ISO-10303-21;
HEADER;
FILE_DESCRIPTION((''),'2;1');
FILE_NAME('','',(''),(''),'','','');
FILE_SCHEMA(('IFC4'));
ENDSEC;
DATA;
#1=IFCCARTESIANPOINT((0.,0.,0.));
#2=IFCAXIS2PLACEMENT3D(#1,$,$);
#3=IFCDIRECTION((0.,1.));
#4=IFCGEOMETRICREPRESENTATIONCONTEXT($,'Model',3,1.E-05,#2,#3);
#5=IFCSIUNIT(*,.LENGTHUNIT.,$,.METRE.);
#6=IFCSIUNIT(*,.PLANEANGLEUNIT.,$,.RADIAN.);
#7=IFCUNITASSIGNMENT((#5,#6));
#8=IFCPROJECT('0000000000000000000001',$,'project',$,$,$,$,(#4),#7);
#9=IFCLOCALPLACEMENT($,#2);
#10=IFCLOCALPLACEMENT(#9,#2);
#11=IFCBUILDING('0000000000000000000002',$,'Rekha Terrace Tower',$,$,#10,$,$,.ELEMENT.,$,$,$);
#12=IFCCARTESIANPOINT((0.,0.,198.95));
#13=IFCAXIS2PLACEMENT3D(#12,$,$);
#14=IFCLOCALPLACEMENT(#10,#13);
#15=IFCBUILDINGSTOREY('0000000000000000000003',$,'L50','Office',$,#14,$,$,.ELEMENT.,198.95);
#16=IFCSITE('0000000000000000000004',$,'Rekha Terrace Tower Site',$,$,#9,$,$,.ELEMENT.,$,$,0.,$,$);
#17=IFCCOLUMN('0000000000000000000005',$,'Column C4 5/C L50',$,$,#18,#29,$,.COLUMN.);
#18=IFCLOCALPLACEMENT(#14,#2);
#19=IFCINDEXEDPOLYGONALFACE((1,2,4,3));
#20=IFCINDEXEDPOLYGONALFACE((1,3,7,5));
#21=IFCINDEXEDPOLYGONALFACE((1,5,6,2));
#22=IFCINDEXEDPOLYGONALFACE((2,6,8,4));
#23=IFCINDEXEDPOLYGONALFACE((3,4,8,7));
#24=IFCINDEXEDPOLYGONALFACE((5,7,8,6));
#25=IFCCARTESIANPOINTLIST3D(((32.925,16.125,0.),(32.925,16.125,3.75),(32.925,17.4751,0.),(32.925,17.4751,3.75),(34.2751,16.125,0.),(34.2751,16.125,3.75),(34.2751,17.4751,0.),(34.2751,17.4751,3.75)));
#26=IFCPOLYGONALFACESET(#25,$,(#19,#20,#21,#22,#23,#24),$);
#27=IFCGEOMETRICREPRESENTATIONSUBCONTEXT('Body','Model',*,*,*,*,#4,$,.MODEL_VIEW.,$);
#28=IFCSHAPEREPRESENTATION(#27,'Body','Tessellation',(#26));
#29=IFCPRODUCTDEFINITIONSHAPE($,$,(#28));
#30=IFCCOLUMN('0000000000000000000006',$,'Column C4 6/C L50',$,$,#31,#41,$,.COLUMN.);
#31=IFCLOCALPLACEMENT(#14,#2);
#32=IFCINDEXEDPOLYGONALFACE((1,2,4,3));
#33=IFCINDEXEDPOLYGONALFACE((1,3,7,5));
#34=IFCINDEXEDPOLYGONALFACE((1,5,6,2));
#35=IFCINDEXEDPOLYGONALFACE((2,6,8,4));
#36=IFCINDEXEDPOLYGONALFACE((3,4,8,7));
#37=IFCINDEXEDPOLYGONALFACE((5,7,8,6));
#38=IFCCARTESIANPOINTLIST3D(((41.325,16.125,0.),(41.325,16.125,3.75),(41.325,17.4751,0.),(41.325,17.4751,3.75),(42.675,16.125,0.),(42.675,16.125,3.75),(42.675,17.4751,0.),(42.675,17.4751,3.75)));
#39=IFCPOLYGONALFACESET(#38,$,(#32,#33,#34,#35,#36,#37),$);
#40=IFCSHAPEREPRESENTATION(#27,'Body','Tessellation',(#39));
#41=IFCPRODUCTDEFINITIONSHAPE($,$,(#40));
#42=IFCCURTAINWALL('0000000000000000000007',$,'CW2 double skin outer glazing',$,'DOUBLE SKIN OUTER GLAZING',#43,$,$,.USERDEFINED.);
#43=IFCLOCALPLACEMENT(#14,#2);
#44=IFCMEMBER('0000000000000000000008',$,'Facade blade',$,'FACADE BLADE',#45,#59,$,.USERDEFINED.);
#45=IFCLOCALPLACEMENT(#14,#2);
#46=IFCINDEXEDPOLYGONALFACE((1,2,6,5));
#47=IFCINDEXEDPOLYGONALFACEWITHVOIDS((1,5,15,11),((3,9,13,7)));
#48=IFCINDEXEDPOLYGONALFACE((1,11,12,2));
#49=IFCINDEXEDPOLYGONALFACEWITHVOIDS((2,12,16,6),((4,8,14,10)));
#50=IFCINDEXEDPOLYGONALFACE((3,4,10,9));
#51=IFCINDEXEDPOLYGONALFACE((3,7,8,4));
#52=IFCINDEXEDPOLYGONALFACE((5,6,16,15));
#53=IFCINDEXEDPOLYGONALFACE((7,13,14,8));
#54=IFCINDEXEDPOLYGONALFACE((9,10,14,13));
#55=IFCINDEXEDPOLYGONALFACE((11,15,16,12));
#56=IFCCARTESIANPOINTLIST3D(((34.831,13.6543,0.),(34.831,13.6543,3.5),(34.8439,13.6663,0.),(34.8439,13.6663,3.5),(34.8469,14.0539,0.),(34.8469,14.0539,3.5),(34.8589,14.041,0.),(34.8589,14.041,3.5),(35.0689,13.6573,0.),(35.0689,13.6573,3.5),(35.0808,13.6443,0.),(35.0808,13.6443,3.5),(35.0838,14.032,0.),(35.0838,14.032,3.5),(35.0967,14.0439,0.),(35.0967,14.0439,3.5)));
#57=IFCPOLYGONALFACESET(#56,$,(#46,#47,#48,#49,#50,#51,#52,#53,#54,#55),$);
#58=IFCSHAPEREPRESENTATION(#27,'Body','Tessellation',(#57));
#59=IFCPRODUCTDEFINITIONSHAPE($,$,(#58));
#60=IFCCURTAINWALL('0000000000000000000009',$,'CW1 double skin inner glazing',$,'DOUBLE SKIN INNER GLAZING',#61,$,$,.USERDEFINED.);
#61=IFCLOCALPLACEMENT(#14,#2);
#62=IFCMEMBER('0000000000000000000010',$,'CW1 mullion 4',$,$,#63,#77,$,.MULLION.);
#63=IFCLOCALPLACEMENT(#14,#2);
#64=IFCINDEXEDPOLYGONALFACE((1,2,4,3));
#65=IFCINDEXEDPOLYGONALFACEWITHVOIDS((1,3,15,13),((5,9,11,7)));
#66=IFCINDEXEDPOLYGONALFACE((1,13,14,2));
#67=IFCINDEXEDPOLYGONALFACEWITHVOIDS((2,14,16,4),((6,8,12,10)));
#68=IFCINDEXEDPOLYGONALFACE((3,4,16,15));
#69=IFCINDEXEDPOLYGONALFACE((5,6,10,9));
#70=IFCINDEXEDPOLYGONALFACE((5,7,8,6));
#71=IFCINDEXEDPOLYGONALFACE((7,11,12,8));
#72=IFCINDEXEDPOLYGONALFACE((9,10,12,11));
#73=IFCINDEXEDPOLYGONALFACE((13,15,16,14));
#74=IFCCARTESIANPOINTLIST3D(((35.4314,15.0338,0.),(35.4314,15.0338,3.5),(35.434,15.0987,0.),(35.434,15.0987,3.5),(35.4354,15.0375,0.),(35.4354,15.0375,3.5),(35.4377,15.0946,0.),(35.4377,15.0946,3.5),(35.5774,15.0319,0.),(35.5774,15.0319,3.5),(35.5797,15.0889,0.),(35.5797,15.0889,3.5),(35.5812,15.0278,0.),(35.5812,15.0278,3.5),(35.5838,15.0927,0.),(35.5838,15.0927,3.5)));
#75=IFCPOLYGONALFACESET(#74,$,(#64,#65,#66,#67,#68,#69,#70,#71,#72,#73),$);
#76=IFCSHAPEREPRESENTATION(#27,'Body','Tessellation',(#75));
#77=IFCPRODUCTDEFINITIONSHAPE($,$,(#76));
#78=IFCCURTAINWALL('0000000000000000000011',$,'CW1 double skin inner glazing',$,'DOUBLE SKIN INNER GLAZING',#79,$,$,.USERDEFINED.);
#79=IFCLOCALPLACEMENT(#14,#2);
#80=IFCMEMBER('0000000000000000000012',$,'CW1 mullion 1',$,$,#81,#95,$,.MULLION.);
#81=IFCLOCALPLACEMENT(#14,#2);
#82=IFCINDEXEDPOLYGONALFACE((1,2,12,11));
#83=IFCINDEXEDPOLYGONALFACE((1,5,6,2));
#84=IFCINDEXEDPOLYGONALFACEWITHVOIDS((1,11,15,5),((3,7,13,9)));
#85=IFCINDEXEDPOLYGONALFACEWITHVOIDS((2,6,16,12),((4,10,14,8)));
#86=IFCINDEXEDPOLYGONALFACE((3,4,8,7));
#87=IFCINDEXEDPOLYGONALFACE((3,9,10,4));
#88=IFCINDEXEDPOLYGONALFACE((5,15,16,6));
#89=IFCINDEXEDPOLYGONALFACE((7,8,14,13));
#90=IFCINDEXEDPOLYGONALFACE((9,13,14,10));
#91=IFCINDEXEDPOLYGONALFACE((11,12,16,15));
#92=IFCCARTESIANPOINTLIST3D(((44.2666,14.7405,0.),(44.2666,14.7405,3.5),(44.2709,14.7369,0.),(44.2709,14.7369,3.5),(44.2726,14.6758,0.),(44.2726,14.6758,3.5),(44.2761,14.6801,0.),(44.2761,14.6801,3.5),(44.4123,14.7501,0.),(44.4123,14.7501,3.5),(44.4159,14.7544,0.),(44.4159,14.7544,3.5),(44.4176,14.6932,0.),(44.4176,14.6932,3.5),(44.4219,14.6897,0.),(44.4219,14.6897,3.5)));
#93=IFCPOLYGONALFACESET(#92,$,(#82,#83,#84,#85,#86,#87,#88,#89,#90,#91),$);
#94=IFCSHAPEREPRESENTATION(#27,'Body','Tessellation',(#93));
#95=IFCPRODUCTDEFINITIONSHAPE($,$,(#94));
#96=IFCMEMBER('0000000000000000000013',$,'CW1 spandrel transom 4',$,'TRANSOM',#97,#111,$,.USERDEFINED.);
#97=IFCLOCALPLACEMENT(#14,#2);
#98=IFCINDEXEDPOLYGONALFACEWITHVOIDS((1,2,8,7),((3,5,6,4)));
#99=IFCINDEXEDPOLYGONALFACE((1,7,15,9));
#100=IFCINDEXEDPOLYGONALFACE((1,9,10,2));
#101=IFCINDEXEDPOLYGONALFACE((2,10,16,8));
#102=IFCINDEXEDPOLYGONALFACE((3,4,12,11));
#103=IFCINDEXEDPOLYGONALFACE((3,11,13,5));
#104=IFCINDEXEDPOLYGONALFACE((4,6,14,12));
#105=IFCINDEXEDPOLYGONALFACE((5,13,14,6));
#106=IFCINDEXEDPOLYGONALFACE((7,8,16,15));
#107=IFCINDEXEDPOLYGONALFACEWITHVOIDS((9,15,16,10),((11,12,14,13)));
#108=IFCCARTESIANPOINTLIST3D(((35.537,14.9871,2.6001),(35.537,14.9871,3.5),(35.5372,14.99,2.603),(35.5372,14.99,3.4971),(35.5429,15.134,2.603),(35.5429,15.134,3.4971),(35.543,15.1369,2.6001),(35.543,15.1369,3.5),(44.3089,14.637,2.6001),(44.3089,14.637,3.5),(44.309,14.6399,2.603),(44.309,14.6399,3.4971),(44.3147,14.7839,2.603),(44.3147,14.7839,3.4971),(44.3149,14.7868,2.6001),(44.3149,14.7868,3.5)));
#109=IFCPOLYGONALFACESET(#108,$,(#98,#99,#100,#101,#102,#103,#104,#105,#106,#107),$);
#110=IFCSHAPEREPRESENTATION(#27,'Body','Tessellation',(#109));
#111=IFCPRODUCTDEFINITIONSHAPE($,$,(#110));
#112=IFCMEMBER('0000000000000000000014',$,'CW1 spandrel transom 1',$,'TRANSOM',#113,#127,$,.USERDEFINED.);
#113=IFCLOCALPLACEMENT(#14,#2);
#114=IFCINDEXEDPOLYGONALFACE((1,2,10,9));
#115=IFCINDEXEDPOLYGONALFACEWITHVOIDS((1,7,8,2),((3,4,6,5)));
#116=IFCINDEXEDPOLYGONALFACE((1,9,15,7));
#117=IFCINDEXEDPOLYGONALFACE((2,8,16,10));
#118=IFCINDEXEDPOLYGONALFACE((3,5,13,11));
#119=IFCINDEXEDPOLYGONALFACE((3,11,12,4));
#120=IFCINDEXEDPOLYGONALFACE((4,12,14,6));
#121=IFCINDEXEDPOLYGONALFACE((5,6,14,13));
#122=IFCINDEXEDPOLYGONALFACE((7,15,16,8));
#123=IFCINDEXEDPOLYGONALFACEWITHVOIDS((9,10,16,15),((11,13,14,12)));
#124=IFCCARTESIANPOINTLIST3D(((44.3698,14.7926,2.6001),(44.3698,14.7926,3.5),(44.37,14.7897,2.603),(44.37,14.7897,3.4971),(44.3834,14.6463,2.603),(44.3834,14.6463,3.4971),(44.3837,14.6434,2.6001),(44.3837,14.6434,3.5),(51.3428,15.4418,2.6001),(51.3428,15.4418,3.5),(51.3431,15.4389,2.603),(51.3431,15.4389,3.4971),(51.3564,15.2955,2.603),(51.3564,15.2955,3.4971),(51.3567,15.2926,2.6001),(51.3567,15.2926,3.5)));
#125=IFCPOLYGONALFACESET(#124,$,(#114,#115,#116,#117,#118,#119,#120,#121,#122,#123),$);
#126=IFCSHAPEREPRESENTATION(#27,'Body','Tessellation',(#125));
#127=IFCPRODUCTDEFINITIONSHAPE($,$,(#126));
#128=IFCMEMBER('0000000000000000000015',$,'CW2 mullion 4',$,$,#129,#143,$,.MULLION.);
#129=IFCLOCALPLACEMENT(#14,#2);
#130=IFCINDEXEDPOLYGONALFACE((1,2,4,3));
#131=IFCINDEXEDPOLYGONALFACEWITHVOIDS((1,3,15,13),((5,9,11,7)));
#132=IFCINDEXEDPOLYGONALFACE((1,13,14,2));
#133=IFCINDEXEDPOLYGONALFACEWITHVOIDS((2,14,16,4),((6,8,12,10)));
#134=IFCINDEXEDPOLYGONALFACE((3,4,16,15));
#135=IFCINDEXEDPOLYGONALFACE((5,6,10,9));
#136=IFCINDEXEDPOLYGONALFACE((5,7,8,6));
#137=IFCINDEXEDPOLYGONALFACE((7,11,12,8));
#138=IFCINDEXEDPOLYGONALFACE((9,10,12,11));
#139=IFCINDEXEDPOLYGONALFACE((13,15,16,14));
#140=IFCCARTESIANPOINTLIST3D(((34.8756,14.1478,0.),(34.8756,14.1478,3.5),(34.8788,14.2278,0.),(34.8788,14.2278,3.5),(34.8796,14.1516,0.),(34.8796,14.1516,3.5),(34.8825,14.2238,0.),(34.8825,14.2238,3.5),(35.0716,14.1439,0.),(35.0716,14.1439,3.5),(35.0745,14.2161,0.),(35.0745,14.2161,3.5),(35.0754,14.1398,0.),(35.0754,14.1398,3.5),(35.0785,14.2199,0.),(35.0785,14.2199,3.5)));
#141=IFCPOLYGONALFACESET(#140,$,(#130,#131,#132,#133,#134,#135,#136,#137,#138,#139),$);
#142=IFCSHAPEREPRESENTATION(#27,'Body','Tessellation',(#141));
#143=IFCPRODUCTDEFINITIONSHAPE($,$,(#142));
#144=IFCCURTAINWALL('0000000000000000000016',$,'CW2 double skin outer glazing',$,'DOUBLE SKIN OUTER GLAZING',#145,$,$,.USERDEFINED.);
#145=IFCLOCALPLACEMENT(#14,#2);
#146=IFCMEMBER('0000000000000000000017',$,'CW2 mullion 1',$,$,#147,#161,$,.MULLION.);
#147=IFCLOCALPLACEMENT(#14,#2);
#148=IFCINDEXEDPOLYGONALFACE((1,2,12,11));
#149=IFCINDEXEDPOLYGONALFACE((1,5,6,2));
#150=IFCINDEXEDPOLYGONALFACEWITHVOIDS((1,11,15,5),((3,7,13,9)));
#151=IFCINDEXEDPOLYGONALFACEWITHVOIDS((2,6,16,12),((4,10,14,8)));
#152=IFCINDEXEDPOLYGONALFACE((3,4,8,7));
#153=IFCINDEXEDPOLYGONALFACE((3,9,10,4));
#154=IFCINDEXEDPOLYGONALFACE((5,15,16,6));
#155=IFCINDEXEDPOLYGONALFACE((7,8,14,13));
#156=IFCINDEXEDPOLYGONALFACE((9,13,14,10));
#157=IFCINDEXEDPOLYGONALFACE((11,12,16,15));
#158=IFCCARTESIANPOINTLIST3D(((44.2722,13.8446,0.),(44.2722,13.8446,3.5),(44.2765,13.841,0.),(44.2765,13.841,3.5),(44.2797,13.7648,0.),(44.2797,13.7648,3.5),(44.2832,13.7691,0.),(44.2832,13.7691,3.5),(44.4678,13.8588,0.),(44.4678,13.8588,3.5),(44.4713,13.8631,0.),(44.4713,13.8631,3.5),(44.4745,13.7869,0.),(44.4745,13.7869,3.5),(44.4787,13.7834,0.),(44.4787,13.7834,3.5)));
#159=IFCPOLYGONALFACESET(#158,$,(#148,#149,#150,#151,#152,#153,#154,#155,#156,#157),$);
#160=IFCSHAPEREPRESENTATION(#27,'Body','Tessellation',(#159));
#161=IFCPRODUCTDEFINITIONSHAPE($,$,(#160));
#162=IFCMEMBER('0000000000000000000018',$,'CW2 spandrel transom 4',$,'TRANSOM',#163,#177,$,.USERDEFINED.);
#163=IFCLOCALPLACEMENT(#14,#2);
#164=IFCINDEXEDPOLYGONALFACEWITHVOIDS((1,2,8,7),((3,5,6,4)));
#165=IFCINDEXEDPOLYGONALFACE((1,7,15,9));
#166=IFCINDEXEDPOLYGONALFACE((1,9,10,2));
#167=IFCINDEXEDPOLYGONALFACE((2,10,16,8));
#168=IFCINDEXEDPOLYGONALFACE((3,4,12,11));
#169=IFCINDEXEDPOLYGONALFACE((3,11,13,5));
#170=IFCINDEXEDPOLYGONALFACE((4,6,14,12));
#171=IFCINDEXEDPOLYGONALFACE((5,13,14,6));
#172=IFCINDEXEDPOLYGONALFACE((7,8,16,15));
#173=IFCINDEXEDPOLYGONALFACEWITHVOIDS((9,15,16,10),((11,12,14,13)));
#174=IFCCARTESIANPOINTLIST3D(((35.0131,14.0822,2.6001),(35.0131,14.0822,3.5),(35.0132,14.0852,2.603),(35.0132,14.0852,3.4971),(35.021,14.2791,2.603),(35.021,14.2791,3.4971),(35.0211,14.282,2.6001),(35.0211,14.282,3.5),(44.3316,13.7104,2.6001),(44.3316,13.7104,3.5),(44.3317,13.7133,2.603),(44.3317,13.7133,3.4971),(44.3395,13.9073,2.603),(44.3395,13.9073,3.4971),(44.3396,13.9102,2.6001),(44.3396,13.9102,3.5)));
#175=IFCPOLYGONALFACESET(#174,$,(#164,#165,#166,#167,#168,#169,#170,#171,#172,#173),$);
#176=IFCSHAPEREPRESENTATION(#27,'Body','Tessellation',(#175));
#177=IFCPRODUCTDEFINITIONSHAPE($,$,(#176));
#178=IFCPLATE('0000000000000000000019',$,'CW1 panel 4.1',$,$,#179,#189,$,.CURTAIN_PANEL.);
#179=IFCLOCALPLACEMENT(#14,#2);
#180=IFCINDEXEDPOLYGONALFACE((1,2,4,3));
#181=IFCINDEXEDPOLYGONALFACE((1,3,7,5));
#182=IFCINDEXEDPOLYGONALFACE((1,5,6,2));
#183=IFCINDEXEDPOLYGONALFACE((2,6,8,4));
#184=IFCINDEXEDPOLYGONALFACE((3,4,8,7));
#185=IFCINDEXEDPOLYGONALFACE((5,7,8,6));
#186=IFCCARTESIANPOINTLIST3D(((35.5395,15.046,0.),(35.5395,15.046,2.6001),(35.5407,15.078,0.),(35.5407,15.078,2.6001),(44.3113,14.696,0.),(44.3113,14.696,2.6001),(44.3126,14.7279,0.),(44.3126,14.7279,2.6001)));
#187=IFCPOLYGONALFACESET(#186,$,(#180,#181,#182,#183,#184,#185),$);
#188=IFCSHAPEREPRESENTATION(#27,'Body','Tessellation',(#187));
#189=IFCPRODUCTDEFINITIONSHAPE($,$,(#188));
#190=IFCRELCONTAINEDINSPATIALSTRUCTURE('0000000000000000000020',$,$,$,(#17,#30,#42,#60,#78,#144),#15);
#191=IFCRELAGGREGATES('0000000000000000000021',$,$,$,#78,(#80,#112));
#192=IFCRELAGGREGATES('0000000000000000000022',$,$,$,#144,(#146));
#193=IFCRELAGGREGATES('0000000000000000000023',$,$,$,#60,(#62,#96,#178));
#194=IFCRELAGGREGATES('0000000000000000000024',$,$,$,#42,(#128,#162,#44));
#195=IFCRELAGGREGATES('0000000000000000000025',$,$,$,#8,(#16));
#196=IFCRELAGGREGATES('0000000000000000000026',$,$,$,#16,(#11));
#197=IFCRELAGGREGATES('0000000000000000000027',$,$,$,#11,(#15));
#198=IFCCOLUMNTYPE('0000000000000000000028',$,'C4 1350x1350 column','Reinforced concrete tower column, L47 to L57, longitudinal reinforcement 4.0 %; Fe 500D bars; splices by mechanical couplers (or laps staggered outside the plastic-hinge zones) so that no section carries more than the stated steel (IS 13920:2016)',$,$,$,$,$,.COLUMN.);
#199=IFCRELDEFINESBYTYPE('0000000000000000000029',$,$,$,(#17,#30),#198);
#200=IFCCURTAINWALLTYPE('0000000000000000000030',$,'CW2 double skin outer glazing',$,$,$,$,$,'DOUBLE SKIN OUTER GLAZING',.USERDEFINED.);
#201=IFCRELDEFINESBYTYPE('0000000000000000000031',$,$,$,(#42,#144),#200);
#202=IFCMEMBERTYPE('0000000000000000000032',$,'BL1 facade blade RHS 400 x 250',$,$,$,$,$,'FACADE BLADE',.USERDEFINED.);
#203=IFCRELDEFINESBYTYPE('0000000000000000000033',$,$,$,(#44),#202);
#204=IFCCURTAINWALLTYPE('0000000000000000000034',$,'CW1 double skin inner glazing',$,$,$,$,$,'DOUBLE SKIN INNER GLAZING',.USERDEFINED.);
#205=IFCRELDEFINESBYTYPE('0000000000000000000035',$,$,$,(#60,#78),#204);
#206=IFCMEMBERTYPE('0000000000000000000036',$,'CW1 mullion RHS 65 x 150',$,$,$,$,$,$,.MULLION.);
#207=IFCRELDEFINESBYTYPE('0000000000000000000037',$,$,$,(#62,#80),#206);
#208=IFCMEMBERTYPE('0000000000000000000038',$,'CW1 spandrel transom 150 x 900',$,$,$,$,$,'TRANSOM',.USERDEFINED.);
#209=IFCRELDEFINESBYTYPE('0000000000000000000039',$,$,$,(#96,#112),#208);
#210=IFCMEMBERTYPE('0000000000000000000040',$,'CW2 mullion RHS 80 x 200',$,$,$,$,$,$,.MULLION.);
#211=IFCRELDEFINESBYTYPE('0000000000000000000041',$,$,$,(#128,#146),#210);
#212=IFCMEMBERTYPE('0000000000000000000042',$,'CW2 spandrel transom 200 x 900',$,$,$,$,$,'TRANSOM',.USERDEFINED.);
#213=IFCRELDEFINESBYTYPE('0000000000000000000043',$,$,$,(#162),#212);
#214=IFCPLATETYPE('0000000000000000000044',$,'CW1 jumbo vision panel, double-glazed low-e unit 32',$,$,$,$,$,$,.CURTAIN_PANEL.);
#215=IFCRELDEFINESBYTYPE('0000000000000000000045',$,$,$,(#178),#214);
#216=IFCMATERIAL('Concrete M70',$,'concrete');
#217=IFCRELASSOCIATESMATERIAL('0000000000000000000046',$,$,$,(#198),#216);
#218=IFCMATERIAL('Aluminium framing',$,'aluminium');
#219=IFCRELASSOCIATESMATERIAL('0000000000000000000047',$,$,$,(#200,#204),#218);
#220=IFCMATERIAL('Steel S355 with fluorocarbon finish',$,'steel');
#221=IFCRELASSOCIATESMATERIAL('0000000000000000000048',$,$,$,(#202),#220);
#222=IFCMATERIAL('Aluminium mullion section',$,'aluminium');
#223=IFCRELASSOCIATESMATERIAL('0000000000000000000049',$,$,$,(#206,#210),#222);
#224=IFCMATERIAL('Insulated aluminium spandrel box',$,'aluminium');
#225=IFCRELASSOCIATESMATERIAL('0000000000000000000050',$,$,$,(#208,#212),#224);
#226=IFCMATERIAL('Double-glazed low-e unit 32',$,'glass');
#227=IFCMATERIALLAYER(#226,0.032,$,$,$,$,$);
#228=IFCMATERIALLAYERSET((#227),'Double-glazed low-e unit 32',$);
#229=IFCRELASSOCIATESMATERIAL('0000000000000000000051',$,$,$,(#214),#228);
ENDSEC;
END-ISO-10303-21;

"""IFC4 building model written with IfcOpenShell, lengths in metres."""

from ifc_helpers import new_model, si_unit, direction, frame, origin, origin_2d, place, context, subcontext, project, spatial, rectangle, hollow_rectangle, extrude, material, layer, layer_set, material_profile, profile_set, type_object, element, aggregate, save


model = new_model("IFC4")

# Units and contexts
model_context = context("Model", 3, precision=1e-05, world=origin(), true_north=direction((0.0, 1.0)))
body_context = subcontext(model_context, "Body", "Model", "MODEL_VIEW")
ifc_project = project(units=[si_unit("LENGTHUNIT", "METRE"), si_unit("PLANEANGLEUNIT", "RADIAN")], contexts=[model_context])

# Site, building, storey
site_placement = place(None, origin())
site = spatial("IfcSite", under=ifc_project, at=site_placement, Name="Rekha Terrace Tower Site", CompositionType="ELEMENT", RefElevation=0.0)
building_placement = place(site_placement, origin())
building = spatial("IfcBuilding", under=site, at=building_placement, Name="Rekha Terrace Tower", CompositionType="ELEMENT")
storey_placement = place(building_placement, frame((0.0, 0.0, 198.95)))
storey = spatial("IfcBuildingStorey", under=building, at=storey_placement, Name="L50", Description="Office", CompositionType="ELEMENT", Elevation=198.95)

# Columns
ifc_material_1 = material(Name="Concrete M70", Category="concrete")
ifc_material_profile_1 = material_profile(ifc_material_1, rectangle(XDim=1.3501, YDim=1.3501, at=origin_2d()), Name="RC 1350x1350")
ifc_profile_set_1 = profile_set([ifc_material_profile_1], Name="Concrete M70")
column_type = type_object("IfcColumnType", Name="C4 1350x1350 column", Description="Reinforced concrete tower column, L47 to L57, longitudinal reinforcement 4.0 %; Fe 500D bars; splices by mechanical couplers (or laps staggered outside the plastic-hinge zones) so that no section carries more than the stated steel (IS 13920:2016)", PredefinedType="COLUMN", material=ifc_profile_set_1)
for number, where, z_axis, x_axis, name in (
    (1, (33.6001, 16.8, 0.0), (0.0, 0.0, 1.0), (1.0, 0.0, 0.0), "Column C4 5/C L50"),
    (2, (42.0, 16.8, 0.0), (0.0, 0.0, 1.0), (1.0, 0.0, 0.0), "Column C4 6/C L50"),
):
    element("IfcColumn", number, at=place(storey_placement, frame(where, z_axis=z_axis, x_axis=x_axis)), inside=storey, type_object=column_type, Name=name, PredefinedType="COLUMN", context=body_context, shape_type="SweptSolid", body=[
        extrude(rectangle(XDim=1.3501, YDim=1.3501, at=origin_2d()), origin(), (0.0, 0.0, 1.0), 3.75),
    ])

# Curtain walls, members
ifc_material_2 = material(Name="Aluminium framing", Category="aluminium")
curtain_wall_type_1 = type_object("IfcCurtainWallType", Name="CW2 double skin outer glazing", ElementType="DOUBLE SKIN OUTER GLAZING", PredefinedType="USERDEFINED", material=ifc_material_2)
curtain_wall_1_placement = place(storey_placement, origin())
curtain_wall_1 = element("IfcCurtainWall", 3, at=curtain_wall_1_placement, inside=storey, type_object=curtain_wall_type_1, Name="CW2 double skin outer glazing", ObjectType="DOUBLE SKIN OUTER GLAZING", PredefinedType="USERDEFINED")
ifc_material_3 = material(Name="Steel S355 with fluorocarbon finish", Category="steel")
ifc_material_profile_2 = material_profile(ifc_material_3, hollow_rectangle(XDim=0.25, YDim=0.3999, WallThickness=0.0125, at=origin_2d()), Name="RHS400x250x12.5")
ifc_profile_set_2 = profile_set([ifc_material_profile_2], Name="Steel S355 with fluorocarbon finish")
member_type_1 = type_object("IfcMemberType", Name="BL1 facade blade RHS 400 x 250", ElementType="FACADE BLADE", PredefinedType="USERDEFINED", material=ifc_profile_set_2)
member_1_placement = place(storey_placement, frame((34.9639, 13.8491, 0.0), z_axis=(0.0, 0.0, 1.0), x_axis=(0.999205, -0.039872, 0.0)))
member_1 = element("IfcMember", 4, at=member_1_placement, type_object=member_type_1, Name="Facade blade", ObjectType="FACADE BLADE", PredefinedType="USERDEFINED", context=body_context, shape_type="SweptSolid", body=[
    extrude(hollow_rectangle(XDim=0.25, YDim=0.3999, WallThickness=0.0125, at=origin_2d()), origin(), (0.0, 0.0, 1.0), 3.5),
])
curtain_wall_type_2 = type_object("IfcCurtainWallType", Name="CW1 double skin inner glazing", ElementType="DOUBLE SKIN INNER GLAZING", PredefinedType="USERDEFINED", material=ifc_material_2)
curtain_wall_2_placement = place(storey_placement, origin())
curtain_wall_2 = element("IfcCurtainWall", 5, at=curtain_wall_2_placement, inside=storey, type_object=curtain_wall_type_2, Name="CW1 double skin inner glazing", ObjectType="DOUBLE SKIN INNER GLAZING", PredefinedType="USERDEFINED")
ifc_material_4 = material(Name="Aluminium mullion section", Category="aluminium")
ifc_material_profile_3 = material_profile(ifc_material_4, hollow_rectangle(XDim=0.0649, YDim=0.1499, WallThickness=0.0039, at=origin_2d()), Name="AL RHS 65x150")
ifc_profile_set_3 = profile_set([ifc_material_profile_3], Name="Aluminium mullion section")
member_type_2 = type_object("IfcMemberType", Name="CW1 mullion RHS 65 x 150", PredefinedType="MULLION", material=ifc_profile_set_3)
member_2_placement = place(storey_placement, frame((35.5076, 15.0632, 0.0), z_axis=(0.0, 0.0, 1.0), x_axis=(0.039872, 0.999205, 0.0)))
member_2 = element("IfcMember", 6, at=member_2_placement, type_object=member_type_2, Name="CW1 mullion 4", PredefinedType="MULLION", context=body_context, shape_type="SweptSolid", body=[
    extrude(hollow_rectangle(XDim=0.0649, YDim=0.1499, WallThickness=0.0039, at=origin_2d()), origin(), (0.0, 0.0, 1.0), 3.5),
])
curtain_wall_3_placement = place(storey_placement, origin())
curtain_wall_3 = element("IfcCurtainWall", 7, at=curtain_wall_3_placement, inside=storey, type_object=curtain_wall_type_2, Name="CW1 double skin inner glazing", ObjectType="DOUBLE SKIN INNER GLAZING", PredefinedType="USERDEFINED")
member_3_placement = place(storey_placement, frame((44.3442, 14.7151, 0.0), z_axis=(0.0, 0.0, 1.0), x_axis=(-0.092709, 0.995693, 0.0)))
member_3 = element("IfcMember", 8, at=member_3_placement, type_object=member_type_2, Name="CW1 mullion 1", PredefinedType="MULLION", context=body_context, shape_type="SweptSolid", body=[
    extrude(hollow_rectangle(XDim=0.0649, YDim=0.1499, WallThickness=0.0039, at=origin_2d()), origin(), (0.0, 0.0, 1.0), 3.5),
])

# Members
ifc_material_5 = material(Name="Insulated aluminium spandrel box", Category="aluminium")
ifc_material_profile_4 = material_profile(ifc_material_5, hollow_rectangle(XDim=0.1499, YDim=0.8999, WallThickness=0.0029, at=origin_2d()), Name="AL SPANDREL BOX 150x900")
ifc_profile_set_4 = profile_set([ifc_material_profile_4], Name="Insulated aluminium spandrel box")
member_type_3 = type_object("IfcMemberType", Name="CW1 spandrel transom 150 x 900", ElementType="TRANSOM", PredefinedType="USERDEFINED", material=ifc_profile_set_4)
member_4_placement = place(storey_placement, frame((35.54, 15.062, 3.05), z_axis=(0.999204, -0.03988, 0.0), x_axis=(0.03988, 0.999204, 0.0)))
member_4 = element("IfcMember", 9, at=member_4_placement, type_object=member_type_3, Name="CW1 spandrel transom 4", ObjectType="TRANSOM", PredefinedType="USERDEFINED", context=body_context, shape_type="SweptSolid", body=[
    extrude(hollow_rectangle(XDim=0.1499, YDim=0.8999, WallThickness=0.0029, at=origin_2d()), origin(), (0.0, 0.0, 1.0), 8.7788),
])
member_5_placement = place(storey_placement, frame((44.3767, 14.718, 3.05), z_axis=(0.995694, 0.092698, 0.0), x_axis=(-0.092698, 0.995694, 0.0)))
member_5 = element("IfcMember", 10, at=member_5_placement, type_object=member_type_3, Name="CW1 spandrel transom 1", ObjectType="TRANSOM", PredefinedType="USERDEFINED", context=body_context, shape_type="SweptSolid", body=[
    extrude(hollow_rectangle(XDim=0.1499, YDim=0.8999, WallThickness=0.0029, at=origin_2d()), origin(), (0.0, 0.0, 1.0), 7.0032),
])
aggregate(curtain_wall_3, [member_3, member_5])
ifc_material_profile_5 = material_profile(ifc_material_4, hollow_rectangle(XDim=0.0801, YDim=0.2, WallThickness=0.0039, at=origin_2d()), Name="AL RHS 80x200")
ifc_profile_set_5 = profile_set([ifc_material_profile_5], Name="Aluminium mullion section")
member_type_4 = type_object("IfcMemberType", Name="CW2 mullion RHS 80 x 200", PredefinedType="MULLION", material=ifc_profile_set_5)
member_6_placement = place(storey_placement, frame((34.9771, 14.1838, 0.0), z_axis=(0.0, 0.0, 1.0), x_axis=(0.039872, 0.999205, 0.0)))
member_6 = element("IfcMember", 11, at=member_6_placement, type_object=member_type_4, Name="CW2 mullion 4", PredefinedType="MULLION", context=body_context, shape_type="SweptSolid", body=[
    extrude(hollow_rectangle(XDim=0.0801, YDim=0.2, WallThickness=0.0039, at=origin_2d()), origin(), (0.0, 0.0, 1.0), 3.5),
])

# Curtain wall, member
curtain_wall_4_placement = place(storey_placement, origin())
curtain_wall_4 = element("IfcCurtainWall", 12, at=curtain_wall_4_placement, inside=storey, type_object=curtain_wall_type_1, Name="CW2 double skin outer glazing", ObjectType="DOUBLE SKIN OUTER GLAZING", PredefinedType="USERDEFINED")
member_7_placement = place(storey_placement, frame((44.3755, 13.814, 0.0), z_axis=(0.0, 0.0, 1.0), x_axis=(-0.092709, 0.995693, 0.0)))
member_7 = element("IfcMember", 13, at=member_7_placement, type_object=member_type_4, Name="CW2 mullion 1", PredefinedType="MULLION", context=body_context, shape_type="SweptSolid", body=[
    extrude(hollow_rectangle(XDim=0.0801, YDim=0.2, WallThickness=0.0039, at=origin_2d()), origin(), (0.0, 0.0, 1.0), 3.5),
])
aggregate(curtain_wall_4, [member_7])

# Member
ifc_material_profile_6 = material_profile(ifc_material_5, hollow_rectangle(XDim=0.2, YDim=0.8999, WallThickness=0.0029, at=origin_2d()), Name="AL SPANDREL BOX 200x900")
ifc_profile_set_6 = profile_set([ifc_material_profile_6], Name="Insulated aluminium spandrel box")
member_type_5 = type_object("IfcMemberType", Name="CW2 spandrel transom 200 x 900", ElementType="TRANSOM", PredefinedType="USERDEFINED", material=ifc_profile_set_6)
member_8_placement = place(storey_placement, frame((35.0171, 14.1821, 3.05), z_axis=(0.999205, -0.03987, 0.0), x_axis=(0.03987, 0.999205, 0.0)))
member_8 = element("IfcMember", 14, at=member_8_placement, type_object=member_type_5, Name="CW2 spandrel transom 4", ObjectType="TRANSOM", PredefinedType="USERDEFINED", context=body_context, shape_type="SweptSolid", body=[
    extrude(hollow_rectangle(XDim=0.2, YDim=0.8999, WallThickness=0.0029, at=origin_2d()), origin(), (0.0, 0.0, 1.0), 9.3259),
])

# Plate
ifc_material_6 = material(Name="Double-glazed low-e unit 32", Category="glass")
ifc_layer_1 = layer(ifc_material_6, 0.032)
ifc_layer_set_1 = layer_set([ifc_layer_1], Name="Double-glazed low-e unit 32")
plate_type_1 = type_object("IfcPlateType", Name="CW1 jumbo vision panel, double-glazed low-e unit 32", PredefinedType="CURTAIN_PANEL", material=ifc_layer_set_1)
plate_1_placement = place(storey_placement, frame((39.926, 14.887, 0.0), z_axis=(0.0, 0.0, 1.0), x_axis=(0.999205, -0.039872, 0.0)))
plate_1 = element("IfcPlate", 15, at=plate_1_placement, type_object=plate_type_1, Name="CW1 panel 4.1", PredefinedType="CURTAIN_PANEL", context=body_context, shape_type="SweptSolid", body=[
    extrude(rectangle(XDim=8.7788, YDim=0.032, at=origin_2d()), origin(), (0.0, 0.0, 1.0), 2.6001),
])
aggregate(curtain_wall_2, [member_2, member_4, plate_1])
aggregate(curtain_wall_1, [member_6, member_8, member_1])

save(model, "model.ifc")
